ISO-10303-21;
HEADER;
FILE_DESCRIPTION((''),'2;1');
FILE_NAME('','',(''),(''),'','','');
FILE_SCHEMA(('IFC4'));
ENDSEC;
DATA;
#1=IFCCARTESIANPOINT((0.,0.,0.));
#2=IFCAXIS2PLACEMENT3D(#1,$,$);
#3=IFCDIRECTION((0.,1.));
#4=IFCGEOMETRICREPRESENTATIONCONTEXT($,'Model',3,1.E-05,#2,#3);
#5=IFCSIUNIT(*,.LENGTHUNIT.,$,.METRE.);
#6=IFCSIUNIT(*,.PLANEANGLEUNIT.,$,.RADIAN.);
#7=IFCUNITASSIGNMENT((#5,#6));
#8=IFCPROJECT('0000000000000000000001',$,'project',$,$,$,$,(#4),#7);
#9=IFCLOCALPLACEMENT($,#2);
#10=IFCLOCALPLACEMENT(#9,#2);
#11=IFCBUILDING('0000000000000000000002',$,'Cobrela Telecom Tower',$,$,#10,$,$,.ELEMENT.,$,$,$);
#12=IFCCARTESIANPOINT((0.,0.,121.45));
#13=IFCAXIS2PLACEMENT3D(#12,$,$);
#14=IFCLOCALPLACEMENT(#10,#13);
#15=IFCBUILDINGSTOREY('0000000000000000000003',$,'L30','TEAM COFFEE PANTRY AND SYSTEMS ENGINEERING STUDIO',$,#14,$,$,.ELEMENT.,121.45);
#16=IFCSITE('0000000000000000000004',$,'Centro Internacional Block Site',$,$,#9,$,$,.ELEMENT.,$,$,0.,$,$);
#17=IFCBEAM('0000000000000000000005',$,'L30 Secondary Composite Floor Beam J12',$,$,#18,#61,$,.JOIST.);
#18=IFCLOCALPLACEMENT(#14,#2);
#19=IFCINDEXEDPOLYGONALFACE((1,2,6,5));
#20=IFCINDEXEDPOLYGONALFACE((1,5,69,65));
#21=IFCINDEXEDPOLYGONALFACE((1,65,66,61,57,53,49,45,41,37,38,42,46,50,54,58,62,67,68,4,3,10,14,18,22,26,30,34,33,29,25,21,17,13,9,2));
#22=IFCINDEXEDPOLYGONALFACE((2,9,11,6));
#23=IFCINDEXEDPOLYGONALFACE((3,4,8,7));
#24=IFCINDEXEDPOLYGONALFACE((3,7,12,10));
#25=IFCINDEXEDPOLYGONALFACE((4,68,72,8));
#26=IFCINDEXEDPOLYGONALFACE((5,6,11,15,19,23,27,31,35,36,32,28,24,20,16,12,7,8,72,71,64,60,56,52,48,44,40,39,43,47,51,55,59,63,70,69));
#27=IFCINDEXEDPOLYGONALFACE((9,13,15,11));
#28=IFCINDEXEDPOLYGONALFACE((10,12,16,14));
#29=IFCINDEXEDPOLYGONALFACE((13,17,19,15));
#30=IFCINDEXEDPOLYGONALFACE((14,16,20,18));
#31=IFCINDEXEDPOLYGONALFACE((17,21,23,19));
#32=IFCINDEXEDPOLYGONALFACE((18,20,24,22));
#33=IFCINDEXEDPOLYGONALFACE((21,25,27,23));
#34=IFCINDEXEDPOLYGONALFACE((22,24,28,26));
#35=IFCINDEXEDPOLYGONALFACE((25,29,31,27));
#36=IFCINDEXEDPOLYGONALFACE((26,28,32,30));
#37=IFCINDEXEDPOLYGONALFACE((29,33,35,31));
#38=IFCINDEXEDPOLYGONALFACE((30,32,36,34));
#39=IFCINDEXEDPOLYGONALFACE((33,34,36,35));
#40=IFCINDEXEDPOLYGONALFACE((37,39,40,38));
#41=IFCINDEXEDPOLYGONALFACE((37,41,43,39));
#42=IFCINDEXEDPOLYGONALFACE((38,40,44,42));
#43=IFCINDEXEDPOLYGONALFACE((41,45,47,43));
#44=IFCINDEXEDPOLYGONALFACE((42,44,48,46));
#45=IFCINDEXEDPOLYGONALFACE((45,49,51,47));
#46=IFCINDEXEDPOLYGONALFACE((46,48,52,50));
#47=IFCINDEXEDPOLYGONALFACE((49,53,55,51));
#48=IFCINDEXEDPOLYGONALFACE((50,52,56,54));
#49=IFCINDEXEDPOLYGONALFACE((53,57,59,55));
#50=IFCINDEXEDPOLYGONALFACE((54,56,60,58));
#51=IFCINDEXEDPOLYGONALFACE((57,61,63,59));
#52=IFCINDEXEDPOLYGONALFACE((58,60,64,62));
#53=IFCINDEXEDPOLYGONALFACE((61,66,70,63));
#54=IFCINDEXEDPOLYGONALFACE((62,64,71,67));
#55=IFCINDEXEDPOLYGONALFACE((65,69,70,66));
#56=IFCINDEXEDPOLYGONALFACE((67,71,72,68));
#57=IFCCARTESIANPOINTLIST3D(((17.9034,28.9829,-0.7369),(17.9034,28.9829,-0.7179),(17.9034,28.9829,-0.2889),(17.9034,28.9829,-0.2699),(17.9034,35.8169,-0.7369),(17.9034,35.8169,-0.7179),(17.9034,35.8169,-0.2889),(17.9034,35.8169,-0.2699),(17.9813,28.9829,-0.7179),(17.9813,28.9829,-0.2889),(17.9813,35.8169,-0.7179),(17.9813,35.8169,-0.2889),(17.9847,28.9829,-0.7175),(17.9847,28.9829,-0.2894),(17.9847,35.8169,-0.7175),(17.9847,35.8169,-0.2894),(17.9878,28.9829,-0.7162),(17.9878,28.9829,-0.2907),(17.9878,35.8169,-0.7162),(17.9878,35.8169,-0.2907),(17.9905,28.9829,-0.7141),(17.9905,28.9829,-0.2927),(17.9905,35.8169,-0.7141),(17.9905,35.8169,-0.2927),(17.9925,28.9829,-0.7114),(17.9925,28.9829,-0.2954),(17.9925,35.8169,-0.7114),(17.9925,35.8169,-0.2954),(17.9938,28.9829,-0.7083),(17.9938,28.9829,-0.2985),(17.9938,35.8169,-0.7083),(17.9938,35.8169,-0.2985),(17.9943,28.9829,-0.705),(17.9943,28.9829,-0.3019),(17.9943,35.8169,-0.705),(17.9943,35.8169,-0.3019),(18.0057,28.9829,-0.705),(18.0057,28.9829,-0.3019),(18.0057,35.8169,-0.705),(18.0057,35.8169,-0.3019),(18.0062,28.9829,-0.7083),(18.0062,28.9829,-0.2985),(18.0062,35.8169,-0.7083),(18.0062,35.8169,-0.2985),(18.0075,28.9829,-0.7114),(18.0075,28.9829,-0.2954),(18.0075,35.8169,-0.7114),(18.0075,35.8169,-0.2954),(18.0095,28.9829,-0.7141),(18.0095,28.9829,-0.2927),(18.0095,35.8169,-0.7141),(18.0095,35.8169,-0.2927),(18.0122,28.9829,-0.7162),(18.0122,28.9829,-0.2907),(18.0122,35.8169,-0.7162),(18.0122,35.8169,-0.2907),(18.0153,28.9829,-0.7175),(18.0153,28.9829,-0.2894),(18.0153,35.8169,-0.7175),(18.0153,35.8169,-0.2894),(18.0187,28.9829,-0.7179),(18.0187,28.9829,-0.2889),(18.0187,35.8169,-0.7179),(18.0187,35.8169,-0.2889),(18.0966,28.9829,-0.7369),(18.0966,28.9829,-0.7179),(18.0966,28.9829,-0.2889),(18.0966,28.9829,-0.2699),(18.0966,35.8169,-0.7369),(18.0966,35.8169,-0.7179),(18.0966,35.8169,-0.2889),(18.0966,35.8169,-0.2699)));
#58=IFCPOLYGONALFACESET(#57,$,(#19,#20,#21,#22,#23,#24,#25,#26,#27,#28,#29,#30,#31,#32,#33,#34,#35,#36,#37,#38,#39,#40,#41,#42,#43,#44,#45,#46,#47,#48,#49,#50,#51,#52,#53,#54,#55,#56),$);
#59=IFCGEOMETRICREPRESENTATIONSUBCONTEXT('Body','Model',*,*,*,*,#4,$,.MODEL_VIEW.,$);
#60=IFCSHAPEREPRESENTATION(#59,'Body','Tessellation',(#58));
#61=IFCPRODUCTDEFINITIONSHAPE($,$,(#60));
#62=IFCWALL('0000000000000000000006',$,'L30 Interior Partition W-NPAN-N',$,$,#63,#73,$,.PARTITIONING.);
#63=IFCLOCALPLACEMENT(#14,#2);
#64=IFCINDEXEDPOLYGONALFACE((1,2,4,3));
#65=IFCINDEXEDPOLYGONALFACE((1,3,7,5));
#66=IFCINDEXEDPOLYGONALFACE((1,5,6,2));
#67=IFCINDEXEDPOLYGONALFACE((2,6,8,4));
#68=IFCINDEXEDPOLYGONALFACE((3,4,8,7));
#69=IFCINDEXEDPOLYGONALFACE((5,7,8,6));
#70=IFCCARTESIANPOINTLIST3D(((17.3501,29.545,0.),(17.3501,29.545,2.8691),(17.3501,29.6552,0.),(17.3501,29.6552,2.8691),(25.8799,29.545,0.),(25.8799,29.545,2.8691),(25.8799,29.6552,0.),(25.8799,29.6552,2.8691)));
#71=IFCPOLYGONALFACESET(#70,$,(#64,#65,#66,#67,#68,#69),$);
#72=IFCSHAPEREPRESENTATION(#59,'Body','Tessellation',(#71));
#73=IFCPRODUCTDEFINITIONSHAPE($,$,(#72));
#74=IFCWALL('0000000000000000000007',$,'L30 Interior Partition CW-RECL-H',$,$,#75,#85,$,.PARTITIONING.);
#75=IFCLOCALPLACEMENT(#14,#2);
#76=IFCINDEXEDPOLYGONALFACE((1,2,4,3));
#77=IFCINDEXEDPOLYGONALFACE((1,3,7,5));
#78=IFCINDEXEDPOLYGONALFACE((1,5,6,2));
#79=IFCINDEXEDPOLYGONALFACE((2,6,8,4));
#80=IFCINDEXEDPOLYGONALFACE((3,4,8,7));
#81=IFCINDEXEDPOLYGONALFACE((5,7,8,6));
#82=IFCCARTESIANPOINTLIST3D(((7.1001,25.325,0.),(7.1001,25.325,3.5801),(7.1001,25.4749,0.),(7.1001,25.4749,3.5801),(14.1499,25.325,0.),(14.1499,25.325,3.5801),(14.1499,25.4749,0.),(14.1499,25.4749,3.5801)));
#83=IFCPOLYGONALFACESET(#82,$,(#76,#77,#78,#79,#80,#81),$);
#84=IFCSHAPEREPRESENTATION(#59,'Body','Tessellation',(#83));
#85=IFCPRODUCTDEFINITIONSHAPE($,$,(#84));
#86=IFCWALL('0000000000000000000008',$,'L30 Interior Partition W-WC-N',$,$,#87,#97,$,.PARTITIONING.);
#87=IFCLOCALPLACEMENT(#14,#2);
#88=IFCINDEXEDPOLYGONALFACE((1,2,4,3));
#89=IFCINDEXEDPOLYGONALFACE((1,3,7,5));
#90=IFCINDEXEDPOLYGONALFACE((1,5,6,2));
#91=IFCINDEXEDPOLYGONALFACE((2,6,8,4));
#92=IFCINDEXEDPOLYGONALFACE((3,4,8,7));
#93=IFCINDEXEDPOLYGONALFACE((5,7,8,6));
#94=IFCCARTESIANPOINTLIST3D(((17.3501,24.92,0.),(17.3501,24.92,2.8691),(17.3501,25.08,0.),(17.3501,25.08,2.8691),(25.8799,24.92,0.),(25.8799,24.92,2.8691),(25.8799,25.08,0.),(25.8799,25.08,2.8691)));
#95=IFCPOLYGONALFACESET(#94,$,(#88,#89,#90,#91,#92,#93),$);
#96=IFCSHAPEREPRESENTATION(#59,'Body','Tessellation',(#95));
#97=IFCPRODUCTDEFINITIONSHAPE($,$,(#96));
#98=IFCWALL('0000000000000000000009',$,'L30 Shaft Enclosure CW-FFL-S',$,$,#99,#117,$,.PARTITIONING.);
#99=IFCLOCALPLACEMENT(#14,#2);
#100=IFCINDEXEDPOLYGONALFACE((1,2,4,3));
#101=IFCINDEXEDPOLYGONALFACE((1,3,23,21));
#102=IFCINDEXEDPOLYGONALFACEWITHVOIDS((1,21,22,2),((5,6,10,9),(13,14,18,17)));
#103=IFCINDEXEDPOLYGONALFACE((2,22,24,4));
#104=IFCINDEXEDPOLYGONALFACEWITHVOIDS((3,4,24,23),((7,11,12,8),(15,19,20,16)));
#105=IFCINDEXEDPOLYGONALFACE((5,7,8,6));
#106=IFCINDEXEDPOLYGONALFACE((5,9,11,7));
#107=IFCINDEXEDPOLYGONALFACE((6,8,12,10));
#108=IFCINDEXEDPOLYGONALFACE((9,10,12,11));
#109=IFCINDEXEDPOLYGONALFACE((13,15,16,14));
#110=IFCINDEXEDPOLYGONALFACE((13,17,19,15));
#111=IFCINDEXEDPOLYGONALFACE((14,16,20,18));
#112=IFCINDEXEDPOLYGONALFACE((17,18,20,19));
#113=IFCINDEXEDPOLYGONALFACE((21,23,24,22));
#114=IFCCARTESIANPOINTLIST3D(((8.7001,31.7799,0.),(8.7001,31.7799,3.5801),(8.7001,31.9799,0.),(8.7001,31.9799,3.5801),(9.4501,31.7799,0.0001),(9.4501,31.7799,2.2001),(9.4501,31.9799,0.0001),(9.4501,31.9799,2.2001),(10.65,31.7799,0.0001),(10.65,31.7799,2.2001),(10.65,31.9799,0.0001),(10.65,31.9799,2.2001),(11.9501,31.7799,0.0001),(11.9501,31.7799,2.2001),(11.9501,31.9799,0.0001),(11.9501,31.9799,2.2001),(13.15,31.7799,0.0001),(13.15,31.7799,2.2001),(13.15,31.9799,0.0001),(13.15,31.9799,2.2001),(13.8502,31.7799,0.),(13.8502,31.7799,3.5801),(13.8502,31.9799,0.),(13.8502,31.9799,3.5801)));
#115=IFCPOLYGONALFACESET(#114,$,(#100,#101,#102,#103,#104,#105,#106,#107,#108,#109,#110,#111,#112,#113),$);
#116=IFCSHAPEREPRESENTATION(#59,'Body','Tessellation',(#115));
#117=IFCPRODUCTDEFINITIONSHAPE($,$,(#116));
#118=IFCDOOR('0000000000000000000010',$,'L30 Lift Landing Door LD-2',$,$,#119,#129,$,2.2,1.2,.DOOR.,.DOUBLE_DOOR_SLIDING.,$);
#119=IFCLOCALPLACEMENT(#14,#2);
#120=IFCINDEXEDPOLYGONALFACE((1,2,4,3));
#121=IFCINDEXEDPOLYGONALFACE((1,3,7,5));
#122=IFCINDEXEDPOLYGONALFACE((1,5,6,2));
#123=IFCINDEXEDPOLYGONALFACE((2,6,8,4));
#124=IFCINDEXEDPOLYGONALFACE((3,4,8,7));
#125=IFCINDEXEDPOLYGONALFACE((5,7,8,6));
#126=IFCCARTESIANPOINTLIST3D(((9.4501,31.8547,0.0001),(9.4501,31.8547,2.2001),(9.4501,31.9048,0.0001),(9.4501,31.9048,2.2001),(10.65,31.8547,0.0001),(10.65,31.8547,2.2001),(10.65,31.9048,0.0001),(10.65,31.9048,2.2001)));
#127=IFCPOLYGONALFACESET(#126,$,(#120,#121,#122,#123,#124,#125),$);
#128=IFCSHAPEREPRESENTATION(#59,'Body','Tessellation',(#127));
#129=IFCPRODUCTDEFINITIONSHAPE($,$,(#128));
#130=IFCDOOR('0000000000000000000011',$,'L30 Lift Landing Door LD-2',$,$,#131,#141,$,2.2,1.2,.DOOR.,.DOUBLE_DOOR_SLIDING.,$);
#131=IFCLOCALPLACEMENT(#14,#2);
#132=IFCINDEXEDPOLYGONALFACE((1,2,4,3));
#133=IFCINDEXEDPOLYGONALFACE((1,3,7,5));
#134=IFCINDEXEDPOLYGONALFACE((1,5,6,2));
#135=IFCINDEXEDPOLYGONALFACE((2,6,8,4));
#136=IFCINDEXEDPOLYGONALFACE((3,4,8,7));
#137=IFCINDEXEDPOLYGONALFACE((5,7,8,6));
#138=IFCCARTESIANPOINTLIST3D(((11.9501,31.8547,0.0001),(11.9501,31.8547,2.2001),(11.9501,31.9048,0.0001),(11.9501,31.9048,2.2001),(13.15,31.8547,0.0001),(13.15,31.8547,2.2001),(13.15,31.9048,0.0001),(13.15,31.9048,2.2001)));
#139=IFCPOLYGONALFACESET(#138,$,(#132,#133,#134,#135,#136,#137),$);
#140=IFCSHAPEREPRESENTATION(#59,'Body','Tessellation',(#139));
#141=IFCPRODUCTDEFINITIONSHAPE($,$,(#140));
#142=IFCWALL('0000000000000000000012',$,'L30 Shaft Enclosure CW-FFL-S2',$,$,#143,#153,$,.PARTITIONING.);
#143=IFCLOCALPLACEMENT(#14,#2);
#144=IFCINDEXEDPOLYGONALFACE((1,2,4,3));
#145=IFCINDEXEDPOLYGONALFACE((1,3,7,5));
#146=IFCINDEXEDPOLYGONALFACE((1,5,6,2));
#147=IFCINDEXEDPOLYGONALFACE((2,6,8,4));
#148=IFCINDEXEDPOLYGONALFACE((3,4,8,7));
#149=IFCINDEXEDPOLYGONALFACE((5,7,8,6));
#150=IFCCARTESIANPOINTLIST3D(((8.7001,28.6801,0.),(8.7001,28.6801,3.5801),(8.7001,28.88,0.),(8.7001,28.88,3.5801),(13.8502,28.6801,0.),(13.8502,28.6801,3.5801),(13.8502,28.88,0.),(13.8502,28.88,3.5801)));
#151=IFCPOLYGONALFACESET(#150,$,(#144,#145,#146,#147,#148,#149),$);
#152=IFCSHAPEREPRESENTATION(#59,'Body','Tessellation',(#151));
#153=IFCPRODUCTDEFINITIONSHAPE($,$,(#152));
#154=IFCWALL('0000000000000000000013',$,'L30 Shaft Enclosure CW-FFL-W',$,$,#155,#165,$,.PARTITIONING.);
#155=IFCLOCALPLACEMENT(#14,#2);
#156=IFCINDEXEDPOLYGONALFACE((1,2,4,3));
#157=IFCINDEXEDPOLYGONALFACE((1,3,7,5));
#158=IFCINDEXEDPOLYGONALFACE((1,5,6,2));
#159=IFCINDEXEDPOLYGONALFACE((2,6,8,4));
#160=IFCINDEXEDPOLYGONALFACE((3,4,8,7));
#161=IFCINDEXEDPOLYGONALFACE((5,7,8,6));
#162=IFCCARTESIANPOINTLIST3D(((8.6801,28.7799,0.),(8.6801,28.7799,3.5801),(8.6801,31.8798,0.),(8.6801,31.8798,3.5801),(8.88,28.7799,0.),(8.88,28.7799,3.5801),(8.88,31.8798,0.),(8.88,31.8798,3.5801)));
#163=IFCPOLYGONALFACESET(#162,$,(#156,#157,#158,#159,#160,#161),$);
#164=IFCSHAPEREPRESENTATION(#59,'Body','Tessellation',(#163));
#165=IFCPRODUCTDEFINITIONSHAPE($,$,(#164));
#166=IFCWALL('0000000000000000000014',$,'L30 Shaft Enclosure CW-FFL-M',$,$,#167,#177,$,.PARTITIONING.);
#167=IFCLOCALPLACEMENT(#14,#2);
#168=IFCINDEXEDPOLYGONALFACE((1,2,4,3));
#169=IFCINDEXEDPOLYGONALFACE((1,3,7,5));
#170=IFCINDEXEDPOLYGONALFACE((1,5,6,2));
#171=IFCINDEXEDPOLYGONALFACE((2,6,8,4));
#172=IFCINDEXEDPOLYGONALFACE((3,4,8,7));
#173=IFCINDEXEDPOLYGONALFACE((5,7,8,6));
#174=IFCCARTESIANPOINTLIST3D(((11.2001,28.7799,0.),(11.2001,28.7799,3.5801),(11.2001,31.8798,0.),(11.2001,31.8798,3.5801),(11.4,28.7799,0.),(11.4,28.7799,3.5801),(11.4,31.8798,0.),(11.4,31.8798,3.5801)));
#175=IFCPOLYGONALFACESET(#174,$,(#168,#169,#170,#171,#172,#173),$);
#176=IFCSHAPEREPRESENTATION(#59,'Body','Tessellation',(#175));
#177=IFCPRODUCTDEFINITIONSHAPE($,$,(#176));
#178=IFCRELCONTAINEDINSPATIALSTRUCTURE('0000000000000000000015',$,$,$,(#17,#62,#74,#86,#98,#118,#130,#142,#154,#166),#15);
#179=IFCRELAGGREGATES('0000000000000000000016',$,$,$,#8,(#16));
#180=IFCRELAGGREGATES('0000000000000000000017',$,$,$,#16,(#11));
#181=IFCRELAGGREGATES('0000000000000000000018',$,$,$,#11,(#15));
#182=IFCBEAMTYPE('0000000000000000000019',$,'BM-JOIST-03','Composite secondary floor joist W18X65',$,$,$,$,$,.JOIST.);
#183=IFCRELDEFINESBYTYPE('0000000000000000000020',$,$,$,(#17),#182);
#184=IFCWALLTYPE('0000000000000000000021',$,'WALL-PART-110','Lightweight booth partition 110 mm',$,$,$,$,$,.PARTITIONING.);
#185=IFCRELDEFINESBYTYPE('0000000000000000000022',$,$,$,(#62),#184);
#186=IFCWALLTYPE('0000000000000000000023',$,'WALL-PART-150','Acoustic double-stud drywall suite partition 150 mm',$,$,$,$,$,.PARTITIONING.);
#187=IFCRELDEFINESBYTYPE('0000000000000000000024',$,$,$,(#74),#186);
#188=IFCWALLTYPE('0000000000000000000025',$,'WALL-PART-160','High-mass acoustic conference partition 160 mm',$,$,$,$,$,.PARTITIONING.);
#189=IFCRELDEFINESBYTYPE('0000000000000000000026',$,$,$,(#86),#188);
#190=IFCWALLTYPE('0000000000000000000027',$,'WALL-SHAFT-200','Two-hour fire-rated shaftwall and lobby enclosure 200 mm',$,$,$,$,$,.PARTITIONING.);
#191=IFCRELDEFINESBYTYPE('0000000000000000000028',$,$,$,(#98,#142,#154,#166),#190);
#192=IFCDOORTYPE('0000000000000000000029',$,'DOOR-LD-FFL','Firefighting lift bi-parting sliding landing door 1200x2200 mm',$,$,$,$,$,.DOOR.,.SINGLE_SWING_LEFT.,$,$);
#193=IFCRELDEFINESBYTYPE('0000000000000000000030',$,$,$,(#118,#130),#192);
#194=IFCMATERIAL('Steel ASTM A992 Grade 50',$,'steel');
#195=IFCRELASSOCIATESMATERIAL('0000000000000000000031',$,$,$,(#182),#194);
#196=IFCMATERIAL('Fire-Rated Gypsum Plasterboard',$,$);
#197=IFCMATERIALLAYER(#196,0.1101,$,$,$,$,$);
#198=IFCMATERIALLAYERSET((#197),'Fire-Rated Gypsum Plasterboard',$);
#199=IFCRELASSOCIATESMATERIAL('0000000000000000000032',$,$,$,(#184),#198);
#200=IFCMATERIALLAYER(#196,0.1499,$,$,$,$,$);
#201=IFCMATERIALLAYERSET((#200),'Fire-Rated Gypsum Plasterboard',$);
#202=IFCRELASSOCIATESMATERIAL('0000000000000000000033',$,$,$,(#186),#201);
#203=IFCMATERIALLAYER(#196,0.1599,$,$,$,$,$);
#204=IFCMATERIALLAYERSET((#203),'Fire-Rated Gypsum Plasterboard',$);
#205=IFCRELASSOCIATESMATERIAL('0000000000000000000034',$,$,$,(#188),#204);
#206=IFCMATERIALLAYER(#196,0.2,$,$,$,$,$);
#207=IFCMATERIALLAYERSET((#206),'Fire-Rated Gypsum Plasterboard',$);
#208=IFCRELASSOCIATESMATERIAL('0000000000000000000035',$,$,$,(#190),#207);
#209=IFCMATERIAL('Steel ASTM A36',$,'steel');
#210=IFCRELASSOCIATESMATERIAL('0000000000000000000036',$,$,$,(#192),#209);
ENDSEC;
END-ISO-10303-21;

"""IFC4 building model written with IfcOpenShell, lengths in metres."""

from ifc_helpers import new_model, si_unit, direction, frame, frame_2d, origin, origin_2d, place, context, subcontext, project, spatial, rectangle, i_section, extrude, material, layer, layer_set, material_profile, profile_set, type_object, element, fill, save


model = new_model("IFC4")

# Units and contexts
model_context = context("Model", 3, precision=1e-05, world=origin(), true_north=direction((0.0, 1.0)))
body_context = subcontext(model_context, "Body", "Model", "MODEL_VIEW")
ifc_project = project(units=[si_unit("LENGTHUNIT", "METRE"), si_unit("PLANEANGLEUNIT", "RADIAN")], contexts=[model_context])

# Site, building, storey
site_placement = place(None, origin())
site = spatial("IfcSite", under=ifc_project, at=site_placement, Name="Centro Internacional Block Site", CompositionType="ELEMENT", RefElevation=0.0)
building_placement = place(site_placement, origin())
building = spatial("IfcBuilding", under=site, at=building_placement, Name="Cobrela Telecom Tower", CompositionType="ELEMENT")
storey_placement = place(building_placement, frame((0.0, 0.0, 121.45)))
storey = spatial("IfcBuildingStorey", under=building, at=storey_placement, Name="L30", Description="TEAM COFFEE PANTRY AND SYSTEMS ENGINEERING STUDIO", CompositionType="ELEMENT", Elevation=121.45)

# Beam
ifc_material_1 = material(Name="Steel ASTM A992 Grade 50", Category="steel")
ifc_material_profile_1 = material_profile(ifc_material_1, i_section(OverallWidth=0.1931, OverallDepth=0.467, WebThickness=0.0115, FlangeThickness=0.019, FilletRadius=0.0129, at=origin_2d()), Name="W18X65")
ifc_profile_set_1 = profile_set([ifc_material_profile_1], Name="Steel ASTM A992 Grade 50")
beam_type_1 = type_object("IfcBeamType", Name="BM-JOIST-03", Description="Composite secondary floor joist W18X65", PredefinedType="JOIST", material=ifc_profile_set_1)
for number, where, z_axis, x_axis, name in (
    (1, (18.0, 28.9829, -0.5034), (0.0, 1.0, 0.0), (-1.0, 0.0, 0.0), "L30 Secondary Composite Floor Beam J12"),
):
    element("IfcBeam", number, at=place(storey_placement, frame(where, z_axis=z_axis, x_axis=x_axis)), inside=storey, type_object=beam_type_1, Name=name, PredefinedType="JOIST", context=body_context, shape_type="SweptSolid", body=[
        extrude(i_section(OverallWidth=0.1931, OverallDepth=0.467, WebThickness=0.0115, FlangeThickness=0.019, FilletRadius=0.0129, at=origin_2d()), origin(), (0.0, 0.0, 1.0), 6.834),
    ])

# Shared definitions
ifc_material_2 = material(Name="Steel ASTM A36", Category="steel")

# Walls
ifc_material_3 = material(Name="Fire-Rated Gypsum Plasterboard")
ifc_layer_1 = layer(ifc_material_3, 0.1101)
ifc_layer_set_1 = layer_set([ifc_layer_1], Name="Fire-Rated Gypsum Plasterboard")
wall_type_1 = type_object("IfcWallType", Name="WALL-PART-110", Description="Lightweight booth partition 110 mm", PredefinedType="PARTITIONING", material=ifc_layer_set_1)
wall_1_placement = place(storey_placement, frame((17.3501, 29.6001, 0.0), z_axis=(0.0, 0.0, 1.0), x_axis=(1.0, 0.0, 0.0)))
element("IfcWall", 2, at=wall_1_placement, inside=storey, type_object=wall_type_1, Name="L30 Interior Partition W-NPAN-N", PredefinedType="PARTITIONING", context=body_context, shape_type="SweptSolid", body=[
    extrude(rectangle(XDim=8.5298, YDim=0.1101, at=frame_2d((4.2649, 0.0))), origin(), (0.0, 0.0, 1.0), 2.8691),
])
ifc_layer_2 = layer(ifc_material_3, 0.1499)
ifc_layer_set_2 = layer_set([ifc_layer_2], Name="Fire-Rated Gypsum Plasterboard")
wall_type_2 = type_object("IfcWallType", Name="WALL-PART-150", Description="Acoustic double-stud drywall suite partition 150 mm", PredefinedType="PARTITIONING", material=ifc_layer_set_2)
wall_2_placement = place(storey_placement, frame((7.1001, 25.3999, 0.0), z_axis=(0.0, 0.0, 1.0), x_axis=(1.0, 0.0, 0.0)))
element("IfcWall", 3, at=wall_2_placement, inside=storey, type_object=wall_type_2, Name="L30 Interior Partition CW-RECL-H", PredefinedType="PARTITIONING", context=body_context, shape_type="SweptSolid", body=[
    extrude(rectangle(XDim=7.0498, YDim=0.1499, at=frame_2d((3.5249, 0.0))), origin(), (0.0, 0.0, 1.0), 3.5801),
])
ifc_layer_3 = layer(ifc_material_3, 0.1599)
ifc_layer_set_3 = layer_set([ifc_layer_3], Name="Fire-Rated Gypsum Plasterboard")
wall_type_3 = type_object("IfcWallType", Name="WALL-PART-160", Description="High-mass acoustic conference partition 160 mm", PredefinedType="PARTITIONING", material=ifc_layer_set_3)
wall_3_placement = place(storey_placement, frame((17.3501, 25.0, 0.0), z_axis=(0.0, 0.0, 1.0), x_axis=(1.0, 0.0, 0.0)))
element("IfcWall", 4, at=wall_3_placement, inside=storey, type_object=wall_type_3, Name="L30 Interior Partition W-WC-N", PredefinedType="PARTITIONING", context=body_context, shape_type="SweptSolid", body=[
    extrude(rectangle(XDim=8.5298, YDim=0.1599, at=frame_2d((4.2649, 0.0))), origin(), (0.0, 0.0, 1.0), 2.8691),
])

# Wall, openings, doors
ifc_layer_4 = layer(ifc_material_3, 0.2)
ifc_layer_set_4 = layer_set([ifc_layer_4], Name="Fire-Rated Gypsum Plasterboard")
wall_type_4 = type_object("IfcWallType", Name="WALL-SHAFT-200", Description="Two-hour fire-rated shaftwall and lobby enclosure 200 mm", PredefinedType="PARTITIONING", material=ifc_layer_set_4)
wall_4_placement = place(storey_placement, frame((8.7, 31.8799, 0.0), z_axis=(0.0, 0.0, 1.0), x_axis=(1.0, 0.0, 0.0)))
wall_4 = element("IfcWall", 5, at=wall_4_placement, inside=storey, type_object=wall_type_4, Name="L30 Shaft Enclosure CW-FFL-S", PredefinedType="PARTITIONING", context=body_context, shape_type="SweptSolid", body=[
    extrude(rectangle(XDim=5.1501, YDim=0.2, at=frame_2d((2.5752, 0.0))), origin(), (0.0, 0.0, 1.0), 3.5801),
])
opening_1_placement = place(wall_4_placement, frame((0.75, 0.0, 0.0)))
opening_1 = element("IfcOpeningElement", 6, at=opening_1_placement, cuts=wall_4, PredefinedType="OPENING", context=body_context, shape_type="SweptSolid", body=[
    extrude(rectangle(XDim=1.2, YDim=2.2, at=frame_2d((0.6001, 1.1001))), frame((0.0, 0.1118, 0.0), z_axis=(0.0, -1.0, 0.0), x_axis=(1.0, 0.0, 0.0)), (0.0, 0.0, 1.0), 0.2239),
])
opening_2_placement = place(wall_4_placement, frame((3.25, 0.0, 0.0)))
opening_2 = element("IfcOpeningElement", 7, at=opening_2_placement, cuts=wall_4, PredefinedType="OPENING", context=body_context, shape_type="SweptSolid", body=[
    extrude(rectangle(XDim=1.2, YDim=2.2, at=frame_2d((0.6001, 1.1001))), frame((0.0, 0.1118, 0.0), z_axis=(0.0, -1.0, 0.0), x_axis=(1.0, 0.0, 0.0)), (0.0, 0.0, 1.0), 0.2239),
])
door_type_1 = type_object("IfcDoorType", Name="DOOR-LD-FFL", Description="Firefighting lift bi-parting sliding landing door 1200x2200 mm", OperationType="SINGLE_SWING_LEFT", PredefinedType="DOOR", material=ifc_material_2)
door_1_placement = place(opening_1_placement, origin())
door_1 = element("IfcDoor", 8, at=door_1_placement, inside=storey, type_object=door_type_1, Name="L30 Lift Landing Door LD-2", OperationType="DOUBLE_DOOR_SLIDING", OverallHeight=2.2, OverallWidth=1.2, PredefinedType="DOOR", context=body_context, shape_type="SweptSolid", body=[
    extrude(rectangle(XDim=1.2, YDim=2.2, at=frame_2d((0.6001, 1.1001))), frame((0.0, 0.0249, 0.0), z_axis=(0.0, -1.0, 0.0), x_axis=(1.0, 0.0, 0.0)), (0.0, 0.0, 1.0), 0.05),
])
fill(opening_1, door_1)
door_2_placement = place(opening_2_placement, origin())
door_2 = element("IfcDoor", 9, at=door_2_placement, inside=storey, type_object=door_type_1, Name="L30 Lift Landing Door LD-2", OperationType="DOUBLE_DOOR_SLIDING", OverallHeight=2.2, OverallWidth=1.2, PredefinedType="DOOR", context=body_context, shape_type="SweptSolid", body=[
    extrude(rectangle(XDim=1.2, YDim=2.2, at=frame_2d((0.6001, 1.1001))), frame((0.0, 0.0249, 0.0), z_axis=(0.0, -1.0, 0.0), x_axis=(1.0, 0.0, 0.0)), (0.0, 0.0, 1.0), 0.05),
])
fill(opening_2, door_2)

# Walls
wall_5_placement = place(storey_placement, frame((8.7, 28.78, 0.0), z_axis=(0.0, 0.0, 1.0), x_axis=(1.0, 0.0, 0.0)))
element("IfcWall", 10, at=wall_5_placement, inside=storey, type_object=wall_type_4, Name="L30 Shaft Enclosure CW-FFL-S2", PredefinedType="PARTITIONING", context=body_context, shape_type="SweptSolid", body=[
    extrude(rectangle(XDim=5.1501, YDim=0.2, at=frame_2d((2.5752, 0.0))), origin(), (0.0, 0.0, 1.0), 3.5801),
])
for number, where, z_axis, x_axis, name in (
    (11, (8.78, 28.78, 0.0), (0.0, 0.0, 1.0), (0.0, 1.0, 0.0), "L30 Shaft Enclosure CW-FFL-W"),
    (12, (11.3, 28.78, 0.0), (0.0, 0.0, 1.0), (0.0, 1.0, 0.0), "L30 Shaft Enclosure CW-FFL-M"),
):
    element("IfcWall", number, at=place(storey_placement, frame(where, z_axis=z_axis, x_axis=x_axis)), inside=storey, type_object=wall_type_4, Name=name, PredefinedType="PARTITIONING", context=body_context, shape_type="SweptSolid", body=[
        extrude(rectangle(XDim=3.0999, YDim=0.2, at=frame_2d((1.5498, 0.0))), origin(), (0.0, 0.0, 1.0), 3.5801),
    ])

save(model, "model.ifc")
